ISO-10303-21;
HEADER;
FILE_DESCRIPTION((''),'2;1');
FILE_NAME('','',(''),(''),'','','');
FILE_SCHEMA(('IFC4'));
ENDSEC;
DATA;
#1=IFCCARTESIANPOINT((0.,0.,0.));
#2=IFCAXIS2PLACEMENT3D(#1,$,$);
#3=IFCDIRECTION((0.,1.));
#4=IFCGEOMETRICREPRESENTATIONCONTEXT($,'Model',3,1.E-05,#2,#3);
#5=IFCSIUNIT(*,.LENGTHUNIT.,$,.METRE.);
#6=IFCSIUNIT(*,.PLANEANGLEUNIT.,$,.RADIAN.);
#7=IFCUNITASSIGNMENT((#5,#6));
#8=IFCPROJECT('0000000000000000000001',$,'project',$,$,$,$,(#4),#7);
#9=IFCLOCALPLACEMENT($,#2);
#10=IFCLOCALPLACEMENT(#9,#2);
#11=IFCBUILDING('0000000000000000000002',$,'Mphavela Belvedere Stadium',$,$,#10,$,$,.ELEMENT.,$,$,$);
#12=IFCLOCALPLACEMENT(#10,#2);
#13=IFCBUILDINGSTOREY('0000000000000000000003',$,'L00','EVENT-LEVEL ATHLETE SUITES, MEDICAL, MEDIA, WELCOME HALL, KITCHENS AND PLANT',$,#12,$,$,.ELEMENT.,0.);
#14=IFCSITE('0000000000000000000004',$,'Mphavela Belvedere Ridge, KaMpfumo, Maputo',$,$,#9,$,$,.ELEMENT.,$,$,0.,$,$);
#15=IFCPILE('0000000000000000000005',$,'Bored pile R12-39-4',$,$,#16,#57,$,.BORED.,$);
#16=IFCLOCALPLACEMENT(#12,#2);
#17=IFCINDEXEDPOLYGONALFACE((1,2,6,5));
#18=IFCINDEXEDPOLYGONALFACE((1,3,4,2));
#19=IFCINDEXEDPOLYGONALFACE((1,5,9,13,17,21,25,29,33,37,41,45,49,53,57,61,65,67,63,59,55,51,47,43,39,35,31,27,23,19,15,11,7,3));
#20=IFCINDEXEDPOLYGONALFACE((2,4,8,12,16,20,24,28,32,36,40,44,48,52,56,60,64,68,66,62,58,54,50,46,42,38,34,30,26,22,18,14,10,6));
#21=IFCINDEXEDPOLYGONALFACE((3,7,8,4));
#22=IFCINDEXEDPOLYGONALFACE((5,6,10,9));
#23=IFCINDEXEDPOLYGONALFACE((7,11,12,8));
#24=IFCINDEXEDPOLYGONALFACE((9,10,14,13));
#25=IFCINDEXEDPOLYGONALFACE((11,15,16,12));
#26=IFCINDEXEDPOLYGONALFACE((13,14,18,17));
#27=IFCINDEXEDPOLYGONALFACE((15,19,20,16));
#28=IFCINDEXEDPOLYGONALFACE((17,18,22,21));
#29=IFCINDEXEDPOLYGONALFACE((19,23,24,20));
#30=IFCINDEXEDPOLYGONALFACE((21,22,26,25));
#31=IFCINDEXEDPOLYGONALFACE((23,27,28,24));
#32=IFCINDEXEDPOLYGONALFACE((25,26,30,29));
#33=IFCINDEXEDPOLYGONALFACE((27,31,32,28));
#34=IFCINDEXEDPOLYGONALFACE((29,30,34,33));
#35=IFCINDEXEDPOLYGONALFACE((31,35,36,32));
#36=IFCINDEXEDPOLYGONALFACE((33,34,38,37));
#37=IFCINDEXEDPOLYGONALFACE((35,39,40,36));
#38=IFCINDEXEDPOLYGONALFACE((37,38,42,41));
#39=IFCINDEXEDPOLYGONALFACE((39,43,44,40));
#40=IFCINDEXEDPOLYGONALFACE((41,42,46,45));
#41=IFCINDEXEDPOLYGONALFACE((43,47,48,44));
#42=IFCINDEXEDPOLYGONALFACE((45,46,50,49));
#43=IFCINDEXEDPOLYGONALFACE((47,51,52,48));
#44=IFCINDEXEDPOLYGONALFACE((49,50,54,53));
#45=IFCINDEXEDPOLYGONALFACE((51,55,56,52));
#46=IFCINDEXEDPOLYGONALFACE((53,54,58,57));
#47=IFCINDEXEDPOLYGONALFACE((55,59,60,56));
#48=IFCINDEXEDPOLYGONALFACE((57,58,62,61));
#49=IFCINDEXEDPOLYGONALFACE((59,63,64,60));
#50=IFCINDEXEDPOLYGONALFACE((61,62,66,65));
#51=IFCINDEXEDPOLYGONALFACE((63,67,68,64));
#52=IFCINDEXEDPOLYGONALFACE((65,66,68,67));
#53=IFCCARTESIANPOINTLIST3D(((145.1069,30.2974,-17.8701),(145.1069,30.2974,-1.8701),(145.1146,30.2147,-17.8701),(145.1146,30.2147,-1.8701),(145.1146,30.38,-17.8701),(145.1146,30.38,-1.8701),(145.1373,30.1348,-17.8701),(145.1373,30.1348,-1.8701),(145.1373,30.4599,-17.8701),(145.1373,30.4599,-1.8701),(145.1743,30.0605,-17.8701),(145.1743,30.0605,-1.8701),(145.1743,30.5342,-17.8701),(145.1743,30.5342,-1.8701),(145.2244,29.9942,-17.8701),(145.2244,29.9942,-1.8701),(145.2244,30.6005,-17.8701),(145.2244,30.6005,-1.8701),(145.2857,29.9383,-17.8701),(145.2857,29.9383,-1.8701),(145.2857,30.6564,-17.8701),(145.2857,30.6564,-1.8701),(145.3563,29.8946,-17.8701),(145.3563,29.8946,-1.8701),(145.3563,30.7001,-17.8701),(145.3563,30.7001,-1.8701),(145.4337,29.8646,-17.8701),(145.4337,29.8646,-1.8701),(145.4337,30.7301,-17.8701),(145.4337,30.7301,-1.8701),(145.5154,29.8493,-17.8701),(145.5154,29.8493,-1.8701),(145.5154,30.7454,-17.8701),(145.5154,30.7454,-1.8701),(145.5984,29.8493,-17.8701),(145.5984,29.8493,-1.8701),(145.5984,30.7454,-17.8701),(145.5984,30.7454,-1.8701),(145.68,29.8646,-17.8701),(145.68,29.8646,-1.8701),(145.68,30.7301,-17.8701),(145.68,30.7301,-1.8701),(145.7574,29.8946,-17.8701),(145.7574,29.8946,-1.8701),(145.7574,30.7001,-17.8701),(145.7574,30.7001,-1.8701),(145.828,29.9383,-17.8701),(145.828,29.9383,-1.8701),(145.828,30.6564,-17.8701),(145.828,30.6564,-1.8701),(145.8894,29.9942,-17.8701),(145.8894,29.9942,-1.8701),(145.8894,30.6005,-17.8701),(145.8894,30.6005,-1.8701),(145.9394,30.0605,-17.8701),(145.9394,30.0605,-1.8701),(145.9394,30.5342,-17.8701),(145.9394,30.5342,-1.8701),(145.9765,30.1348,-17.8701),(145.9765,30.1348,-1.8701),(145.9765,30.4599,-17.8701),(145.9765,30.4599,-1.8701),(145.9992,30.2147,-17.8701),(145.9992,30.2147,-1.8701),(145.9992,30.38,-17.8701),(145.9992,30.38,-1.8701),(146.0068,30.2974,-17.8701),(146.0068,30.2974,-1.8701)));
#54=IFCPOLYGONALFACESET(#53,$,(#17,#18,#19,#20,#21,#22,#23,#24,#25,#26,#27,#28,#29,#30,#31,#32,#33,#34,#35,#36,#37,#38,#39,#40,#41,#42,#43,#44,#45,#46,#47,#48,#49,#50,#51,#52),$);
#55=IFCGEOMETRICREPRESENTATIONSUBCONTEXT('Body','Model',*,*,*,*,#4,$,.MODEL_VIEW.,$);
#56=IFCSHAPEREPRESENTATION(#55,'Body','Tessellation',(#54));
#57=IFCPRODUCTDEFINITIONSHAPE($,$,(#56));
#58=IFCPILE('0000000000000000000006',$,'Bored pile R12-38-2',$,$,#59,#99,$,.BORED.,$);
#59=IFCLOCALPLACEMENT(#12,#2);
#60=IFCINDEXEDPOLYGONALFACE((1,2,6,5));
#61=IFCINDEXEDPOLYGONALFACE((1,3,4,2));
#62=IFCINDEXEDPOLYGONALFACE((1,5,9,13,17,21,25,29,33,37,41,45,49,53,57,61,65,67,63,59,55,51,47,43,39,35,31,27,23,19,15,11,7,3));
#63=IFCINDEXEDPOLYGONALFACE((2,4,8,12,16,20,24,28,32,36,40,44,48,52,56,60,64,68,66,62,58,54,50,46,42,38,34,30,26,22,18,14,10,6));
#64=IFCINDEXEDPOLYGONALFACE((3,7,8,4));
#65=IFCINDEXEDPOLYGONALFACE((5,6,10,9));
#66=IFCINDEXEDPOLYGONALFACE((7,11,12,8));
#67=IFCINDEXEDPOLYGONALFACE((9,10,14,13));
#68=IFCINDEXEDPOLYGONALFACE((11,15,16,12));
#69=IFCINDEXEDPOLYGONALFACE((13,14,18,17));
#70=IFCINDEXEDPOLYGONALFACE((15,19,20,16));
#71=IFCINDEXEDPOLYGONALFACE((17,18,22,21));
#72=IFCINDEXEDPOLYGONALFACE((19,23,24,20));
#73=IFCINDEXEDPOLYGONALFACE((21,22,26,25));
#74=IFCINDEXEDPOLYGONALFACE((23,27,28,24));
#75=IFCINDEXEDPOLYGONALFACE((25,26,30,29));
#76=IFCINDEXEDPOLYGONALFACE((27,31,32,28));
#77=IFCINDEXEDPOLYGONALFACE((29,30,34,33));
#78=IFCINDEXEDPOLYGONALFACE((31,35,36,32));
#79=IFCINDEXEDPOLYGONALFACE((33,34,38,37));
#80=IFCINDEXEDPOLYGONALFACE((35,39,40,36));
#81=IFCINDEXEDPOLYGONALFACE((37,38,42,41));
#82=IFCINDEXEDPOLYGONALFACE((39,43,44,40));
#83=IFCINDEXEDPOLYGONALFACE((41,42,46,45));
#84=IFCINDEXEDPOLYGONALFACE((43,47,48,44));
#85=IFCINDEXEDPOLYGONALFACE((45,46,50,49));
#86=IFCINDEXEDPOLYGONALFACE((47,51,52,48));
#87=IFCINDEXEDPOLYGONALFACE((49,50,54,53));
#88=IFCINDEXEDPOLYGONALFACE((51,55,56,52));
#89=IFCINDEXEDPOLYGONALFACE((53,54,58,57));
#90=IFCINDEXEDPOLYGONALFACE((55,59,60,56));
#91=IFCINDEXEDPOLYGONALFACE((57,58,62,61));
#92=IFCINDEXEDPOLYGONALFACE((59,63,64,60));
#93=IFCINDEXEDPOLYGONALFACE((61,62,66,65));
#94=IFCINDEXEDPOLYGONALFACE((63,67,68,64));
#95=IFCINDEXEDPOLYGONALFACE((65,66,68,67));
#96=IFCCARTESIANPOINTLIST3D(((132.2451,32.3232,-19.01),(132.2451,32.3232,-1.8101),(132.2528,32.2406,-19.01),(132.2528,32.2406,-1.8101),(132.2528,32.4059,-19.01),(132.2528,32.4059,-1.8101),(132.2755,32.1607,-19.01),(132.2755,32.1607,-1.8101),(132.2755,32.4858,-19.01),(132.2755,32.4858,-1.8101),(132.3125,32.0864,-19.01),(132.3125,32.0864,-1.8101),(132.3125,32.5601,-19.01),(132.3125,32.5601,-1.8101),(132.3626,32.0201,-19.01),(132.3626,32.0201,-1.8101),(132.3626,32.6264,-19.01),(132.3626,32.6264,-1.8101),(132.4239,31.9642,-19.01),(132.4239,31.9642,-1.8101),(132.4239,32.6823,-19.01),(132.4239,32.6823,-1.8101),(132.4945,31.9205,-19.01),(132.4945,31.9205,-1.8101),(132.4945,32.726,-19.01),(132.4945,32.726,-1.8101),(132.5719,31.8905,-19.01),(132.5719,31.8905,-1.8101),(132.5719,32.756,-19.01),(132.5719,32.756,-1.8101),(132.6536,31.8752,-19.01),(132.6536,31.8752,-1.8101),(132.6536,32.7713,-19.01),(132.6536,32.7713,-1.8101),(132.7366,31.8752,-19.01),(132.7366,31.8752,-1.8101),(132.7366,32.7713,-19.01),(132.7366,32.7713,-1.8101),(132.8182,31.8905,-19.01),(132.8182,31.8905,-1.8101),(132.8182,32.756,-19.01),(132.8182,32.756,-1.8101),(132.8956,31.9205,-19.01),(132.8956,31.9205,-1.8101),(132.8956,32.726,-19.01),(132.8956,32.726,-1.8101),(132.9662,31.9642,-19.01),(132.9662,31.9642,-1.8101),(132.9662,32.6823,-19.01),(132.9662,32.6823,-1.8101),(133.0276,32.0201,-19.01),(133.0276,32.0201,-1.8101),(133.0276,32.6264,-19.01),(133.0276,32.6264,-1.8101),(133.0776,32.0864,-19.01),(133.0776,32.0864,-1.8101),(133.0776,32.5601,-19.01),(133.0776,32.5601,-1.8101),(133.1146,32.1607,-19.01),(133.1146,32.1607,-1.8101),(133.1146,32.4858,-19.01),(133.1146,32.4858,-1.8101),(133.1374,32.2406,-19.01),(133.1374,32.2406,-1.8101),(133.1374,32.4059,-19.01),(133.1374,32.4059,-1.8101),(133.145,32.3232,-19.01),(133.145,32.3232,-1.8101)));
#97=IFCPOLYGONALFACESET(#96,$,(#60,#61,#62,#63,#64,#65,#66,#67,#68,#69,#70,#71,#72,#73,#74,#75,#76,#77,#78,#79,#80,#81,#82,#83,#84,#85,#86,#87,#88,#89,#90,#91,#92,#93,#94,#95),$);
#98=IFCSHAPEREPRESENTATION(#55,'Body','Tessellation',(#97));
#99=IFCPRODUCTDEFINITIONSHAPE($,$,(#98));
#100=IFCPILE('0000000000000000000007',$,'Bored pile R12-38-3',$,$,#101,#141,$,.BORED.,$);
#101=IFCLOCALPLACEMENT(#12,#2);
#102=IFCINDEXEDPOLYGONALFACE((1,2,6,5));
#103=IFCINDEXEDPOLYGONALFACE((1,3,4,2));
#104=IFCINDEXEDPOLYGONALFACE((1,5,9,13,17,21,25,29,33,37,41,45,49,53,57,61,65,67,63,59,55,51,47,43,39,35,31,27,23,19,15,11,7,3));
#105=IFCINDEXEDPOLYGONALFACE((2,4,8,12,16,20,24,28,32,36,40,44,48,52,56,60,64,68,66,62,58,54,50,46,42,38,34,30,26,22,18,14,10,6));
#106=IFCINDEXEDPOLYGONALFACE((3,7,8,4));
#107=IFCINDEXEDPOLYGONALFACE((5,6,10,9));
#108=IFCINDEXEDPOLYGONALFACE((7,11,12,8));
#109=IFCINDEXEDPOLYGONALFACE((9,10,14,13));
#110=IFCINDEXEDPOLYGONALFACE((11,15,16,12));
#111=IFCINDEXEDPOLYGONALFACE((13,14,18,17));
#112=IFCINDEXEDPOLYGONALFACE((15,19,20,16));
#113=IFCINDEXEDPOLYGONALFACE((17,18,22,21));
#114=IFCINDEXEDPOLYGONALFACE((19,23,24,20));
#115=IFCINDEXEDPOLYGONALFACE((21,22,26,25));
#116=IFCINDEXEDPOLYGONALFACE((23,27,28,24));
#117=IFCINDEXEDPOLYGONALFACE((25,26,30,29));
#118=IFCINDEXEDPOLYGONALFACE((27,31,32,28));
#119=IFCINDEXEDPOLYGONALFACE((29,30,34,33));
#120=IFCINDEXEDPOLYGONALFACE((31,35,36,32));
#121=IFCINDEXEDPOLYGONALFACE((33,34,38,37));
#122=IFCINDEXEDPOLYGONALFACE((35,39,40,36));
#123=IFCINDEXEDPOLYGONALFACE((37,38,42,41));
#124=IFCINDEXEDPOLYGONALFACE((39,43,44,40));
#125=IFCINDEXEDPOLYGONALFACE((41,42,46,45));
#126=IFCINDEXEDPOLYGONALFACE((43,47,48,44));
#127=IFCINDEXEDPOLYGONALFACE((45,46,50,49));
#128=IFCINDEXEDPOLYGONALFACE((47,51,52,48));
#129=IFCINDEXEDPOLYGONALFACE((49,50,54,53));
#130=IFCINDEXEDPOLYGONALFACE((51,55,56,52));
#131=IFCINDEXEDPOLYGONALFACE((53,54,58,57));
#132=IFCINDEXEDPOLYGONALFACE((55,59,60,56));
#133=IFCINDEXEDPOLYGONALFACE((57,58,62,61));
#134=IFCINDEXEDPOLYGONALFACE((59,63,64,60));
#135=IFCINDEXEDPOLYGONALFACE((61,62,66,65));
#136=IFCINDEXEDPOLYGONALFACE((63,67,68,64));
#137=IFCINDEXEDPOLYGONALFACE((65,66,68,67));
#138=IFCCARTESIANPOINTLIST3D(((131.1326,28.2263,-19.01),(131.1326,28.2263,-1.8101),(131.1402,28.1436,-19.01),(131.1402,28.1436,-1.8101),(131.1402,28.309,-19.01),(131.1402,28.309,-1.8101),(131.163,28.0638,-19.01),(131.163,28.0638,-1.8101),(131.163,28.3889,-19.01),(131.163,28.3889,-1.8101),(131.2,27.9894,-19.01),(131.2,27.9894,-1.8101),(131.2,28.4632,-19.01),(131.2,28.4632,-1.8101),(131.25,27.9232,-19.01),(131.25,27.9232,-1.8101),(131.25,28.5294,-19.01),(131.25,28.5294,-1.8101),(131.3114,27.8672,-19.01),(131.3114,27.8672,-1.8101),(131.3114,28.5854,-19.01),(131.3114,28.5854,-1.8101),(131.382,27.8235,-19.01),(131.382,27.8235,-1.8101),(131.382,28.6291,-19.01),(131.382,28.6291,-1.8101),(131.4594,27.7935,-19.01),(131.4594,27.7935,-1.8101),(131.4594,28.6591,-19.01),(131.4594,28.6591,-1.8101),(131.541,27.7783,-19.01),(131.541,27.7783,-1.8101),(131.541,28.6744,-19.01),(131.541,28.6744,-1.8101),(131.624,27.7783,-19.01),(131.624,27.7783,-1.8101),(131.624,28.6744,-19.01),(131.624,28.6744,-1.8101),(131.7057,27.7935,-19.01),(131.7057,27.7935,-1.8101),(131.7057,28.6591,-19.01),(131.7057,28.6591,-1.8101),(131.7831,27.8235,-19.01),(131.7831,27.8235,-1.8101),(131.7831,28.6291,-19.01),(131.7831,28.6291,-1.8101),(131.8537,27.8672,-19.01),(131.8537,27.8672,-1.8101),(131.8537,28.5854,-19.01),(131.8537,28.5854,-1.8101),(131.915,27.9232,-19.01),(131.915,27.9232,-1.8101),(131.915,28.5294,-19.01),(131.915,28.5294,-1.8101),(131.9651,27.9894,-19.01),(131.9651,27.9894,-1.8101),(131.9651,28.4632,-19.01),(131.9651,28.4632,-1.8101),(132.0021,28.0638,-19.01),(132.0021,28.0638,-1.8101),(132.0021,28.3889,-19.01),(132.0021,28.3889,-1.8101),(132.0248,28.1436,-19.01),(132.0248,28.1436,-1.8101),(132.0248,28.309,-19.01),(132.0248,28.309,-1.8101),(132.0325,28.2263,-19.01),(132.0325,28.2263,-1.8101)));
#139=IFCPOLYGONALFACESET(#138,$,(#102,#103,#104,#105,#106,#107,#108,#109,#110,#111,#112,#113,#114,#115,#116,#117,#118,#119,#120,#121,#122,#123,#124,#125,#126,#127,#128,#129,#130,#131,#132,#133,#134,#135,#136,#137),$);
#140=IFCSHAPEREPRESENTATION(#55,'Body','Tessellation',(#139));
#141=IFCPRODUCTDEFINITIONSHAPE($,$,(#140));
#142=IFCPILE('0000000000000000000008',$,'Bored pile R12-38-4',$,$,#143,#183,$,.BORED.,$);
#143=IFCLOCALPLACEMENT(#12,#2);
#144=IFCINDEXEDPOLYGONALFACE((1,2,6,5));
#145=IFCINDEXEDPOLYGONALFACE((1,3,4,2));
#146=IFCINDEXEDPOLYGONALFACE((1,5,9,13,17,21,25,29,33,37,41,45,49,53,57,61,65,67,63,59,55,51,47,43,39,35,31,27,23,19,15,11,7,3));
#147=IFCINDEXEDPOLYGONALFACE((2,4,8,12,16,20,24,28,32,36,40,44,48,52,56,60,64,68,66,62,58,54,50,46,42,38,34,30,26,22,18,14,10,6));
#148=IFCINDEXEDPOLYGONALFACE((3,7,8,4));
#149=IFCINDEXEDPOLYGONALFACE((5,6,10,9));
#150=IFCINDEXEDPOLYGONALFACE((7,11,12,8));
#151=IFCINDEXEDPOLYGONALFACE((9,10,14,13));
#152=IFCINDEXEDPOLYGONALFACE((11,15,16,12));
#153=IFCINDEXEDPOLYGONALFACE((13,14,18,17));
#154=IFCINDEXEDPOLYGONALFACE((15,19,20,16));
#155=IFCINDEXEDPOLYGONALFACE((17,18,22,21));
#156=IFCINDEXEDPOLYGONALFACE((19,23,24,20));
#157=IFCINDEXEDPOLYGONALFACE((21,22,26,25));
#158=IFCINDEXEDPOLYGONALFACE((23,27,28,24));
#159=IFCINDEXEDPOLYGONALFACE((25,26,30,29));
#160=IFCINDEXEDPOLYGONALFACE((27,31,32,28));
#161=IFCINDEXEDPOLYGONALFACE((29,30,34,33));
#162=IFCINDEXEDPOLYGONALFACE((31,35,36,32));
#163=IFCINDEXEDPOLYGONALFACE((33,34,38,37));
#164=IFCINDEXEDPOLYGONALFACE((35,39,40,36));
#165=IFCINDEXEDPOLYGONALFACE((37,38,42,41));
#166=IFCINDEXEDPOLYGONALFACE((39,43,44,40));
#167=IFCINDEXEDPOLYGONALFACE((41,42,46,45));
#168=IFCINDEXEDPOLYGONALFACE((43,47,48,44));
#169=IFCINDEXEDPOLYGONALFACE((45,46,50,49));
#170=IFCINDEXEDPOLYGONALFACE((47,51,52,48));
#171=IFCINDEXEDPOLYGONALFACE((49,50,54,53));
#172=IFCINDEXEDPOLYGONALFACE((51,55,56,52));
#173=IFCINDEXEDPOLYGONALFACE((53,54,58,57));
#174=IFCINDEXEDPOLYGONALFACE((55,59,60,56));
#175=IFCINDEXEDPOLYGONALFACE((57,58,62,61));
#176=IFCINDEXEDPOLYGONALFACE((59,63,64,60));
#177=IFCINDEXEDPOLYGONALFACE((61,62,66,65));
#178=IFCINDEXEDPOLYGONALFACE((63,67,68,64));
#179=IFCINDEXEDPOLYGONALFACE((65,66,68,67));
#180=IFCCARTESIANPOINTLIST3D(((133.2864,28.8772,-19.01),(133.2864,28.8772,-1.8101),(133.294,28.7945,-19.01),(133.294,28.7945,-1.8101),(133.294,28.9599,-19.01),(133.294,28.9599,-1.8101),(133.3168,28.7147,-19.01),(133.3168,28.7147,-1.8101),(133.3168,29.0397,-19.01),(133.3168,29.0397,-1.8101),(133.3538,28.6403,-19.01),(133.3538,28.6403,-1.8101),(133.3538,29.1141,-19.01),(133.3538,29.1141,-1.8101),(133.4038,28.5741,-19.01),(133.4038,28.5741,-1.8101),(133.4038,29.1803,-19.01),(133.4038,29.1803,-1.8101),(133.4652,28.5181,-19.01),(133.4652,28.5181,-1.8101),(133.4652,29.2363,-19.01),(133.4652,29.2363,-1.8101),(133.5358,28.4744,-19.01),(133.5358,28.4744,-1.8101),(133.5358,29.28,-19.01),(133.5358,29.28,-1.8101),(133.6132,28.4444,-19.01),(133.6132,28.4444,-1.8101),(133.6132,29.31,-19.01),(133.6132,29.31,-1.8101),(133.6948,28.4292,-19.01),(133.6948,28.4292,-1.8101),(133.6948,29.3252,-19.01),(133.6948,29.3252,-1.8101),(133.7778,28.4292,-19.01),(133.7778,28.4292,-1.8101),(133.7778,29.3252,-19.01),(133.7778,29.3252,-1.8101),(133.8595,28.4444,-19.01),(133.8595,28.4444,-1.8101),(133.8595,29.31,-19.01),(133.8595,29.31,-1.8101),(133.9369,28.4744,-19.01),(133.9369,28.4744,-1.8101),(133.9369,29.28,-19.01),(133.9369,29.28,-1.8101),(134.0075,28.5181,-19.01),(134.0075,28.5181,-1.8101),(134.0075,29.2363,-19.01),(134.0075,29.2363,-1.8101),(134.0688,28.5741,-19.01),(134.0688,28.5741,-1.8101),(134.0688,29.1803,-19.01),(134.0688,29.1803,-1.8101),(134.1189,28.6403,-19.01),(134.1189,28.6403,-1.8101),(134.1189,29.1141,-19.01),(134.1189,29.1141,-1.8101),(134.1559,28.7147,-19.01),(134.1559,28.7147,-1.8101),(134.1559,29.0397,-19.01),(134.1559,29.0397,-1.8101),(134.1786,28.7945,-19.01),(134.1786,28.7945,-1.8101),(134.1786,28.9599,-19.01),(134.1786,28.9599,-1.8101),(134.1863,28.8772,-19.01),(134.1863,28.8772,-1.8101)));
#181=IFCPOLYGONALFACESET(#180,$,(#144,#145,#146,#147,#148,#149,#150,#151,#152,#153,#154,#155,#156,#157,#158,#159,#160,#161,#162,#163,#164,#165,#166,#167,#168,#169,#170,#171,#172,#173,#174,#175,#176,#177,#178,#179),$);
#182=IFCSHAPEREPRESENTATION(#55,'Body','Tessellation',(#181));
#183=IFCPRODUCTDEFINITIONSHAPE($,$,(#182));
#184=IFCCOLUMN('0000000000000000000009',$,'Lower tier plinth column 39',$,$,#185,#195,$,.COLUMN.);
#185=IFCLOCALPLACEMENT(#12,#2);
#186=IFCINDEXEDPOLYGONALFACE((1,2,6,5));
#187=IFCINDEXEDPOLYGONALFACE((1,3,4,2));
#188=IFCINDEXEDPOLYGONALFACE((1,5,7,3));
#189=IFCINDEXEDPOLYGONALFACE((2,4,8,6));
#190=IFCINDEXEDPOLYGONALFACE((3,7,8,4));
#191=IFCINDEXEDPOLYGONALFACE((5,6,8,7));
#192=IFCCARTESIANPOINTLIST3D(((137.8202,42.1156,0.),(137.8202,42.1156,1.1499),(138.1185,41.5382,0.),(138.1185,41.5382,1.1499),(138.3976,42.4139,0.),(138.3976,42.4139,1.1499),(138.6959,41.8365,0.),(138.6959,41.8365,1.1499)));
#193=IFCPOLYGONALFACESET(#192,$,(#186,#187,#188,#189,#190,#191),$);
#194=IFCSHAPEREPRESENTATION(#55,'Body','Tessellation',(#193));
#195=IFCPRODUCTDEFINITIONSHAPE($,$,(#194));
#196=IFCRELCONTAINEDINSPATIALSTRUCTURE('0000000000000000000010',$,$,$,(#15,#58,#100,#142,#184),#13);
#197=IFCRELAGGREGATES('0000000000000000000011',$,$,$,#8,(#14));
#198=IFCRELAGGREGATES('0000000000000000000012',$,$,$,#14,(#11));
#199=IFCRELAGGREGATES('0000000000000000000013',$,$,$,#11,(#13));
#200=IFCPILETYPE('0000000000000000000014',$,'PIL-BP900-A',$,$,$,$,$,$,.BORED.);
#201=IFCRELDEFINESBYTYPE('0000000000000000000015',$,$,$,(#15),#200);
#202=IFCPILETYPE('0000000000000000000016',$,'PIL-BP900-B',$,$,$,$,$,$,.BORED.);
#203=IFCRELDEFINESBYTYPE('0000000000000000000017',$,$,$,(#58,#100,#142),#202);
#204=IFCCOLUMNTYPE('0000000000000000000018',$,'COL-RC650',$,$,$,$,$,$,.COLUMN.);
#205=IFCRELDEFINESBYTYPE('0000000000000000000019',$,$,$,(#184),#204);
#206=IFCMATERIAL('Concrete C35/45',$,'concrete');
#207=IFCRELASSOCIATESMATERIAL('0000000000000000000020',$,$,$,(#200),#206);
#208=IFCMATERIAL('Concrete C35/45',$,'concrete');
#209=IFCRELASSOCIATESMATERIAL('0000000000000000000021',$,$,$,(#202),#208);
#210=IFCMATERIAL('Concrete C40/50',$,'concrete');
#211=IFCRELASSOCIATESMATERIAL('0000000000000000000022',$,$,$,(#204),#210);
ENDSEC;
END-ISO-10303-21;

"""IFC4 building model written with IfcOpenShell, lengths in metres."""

from ifc_helpers import new_model, si_unit, direction, frame, origin, origin_2d, place, context, subcontext, project, spatial, rectangle, circle, extrude, material, material_profile, profile_set, type_object, element, save


model = new_model("IFC4")

# Units and contexts
model_context = context("Model", 3, precision=1e-05, world=origin(), true_north=direction((0.0, 1.0)))
body_context = subcontext(model_context, "Body", "Model", "MODEL_VIEW")
ifc_project = project(units=[si_unit("LENGTHUNIT", "METRE"), si_unit("PLANEANGLEUNIT", "RADIAN")], contexts=[model_context])

# Site, building, storey
site_placement = place(None, origin())
site = spatial("IfcSite", under=ifc_project, at=site_placement, Name="Mphavela Belvedere Ridge, KaMpfumo, Maputo", CompositionType="ELEMENT", RefElevation=0.0)
building_placement = place(site_placement, origin())
building = spatial("IfcBuilding", under=site, at=building_placement, Name="Mphavela Belvedere Stadium", CompositionType="ELEMENT")
storey_placement = place(building_placement, origin())
storey = spatial("IfcBuildingStorey", under=building, at=storey_placement, Name="L00", Description="EVENT-LEVEL ATHLETE SUITES, MEDICAL, MEDIA, WELCOME HALL, KITCHENS AND PLANT", CompositionType="ELEMENT", Elevation=0.0)

# Piles
ifc_material_1 = material(Name="Concrete C35/45", Category="concrete")
ifc_material_profile_1 = material_profile(ifc_material_1, circle(Radius=0.45, at=origin_2d()), Name="BP D900")
ifc_profile_set_1 = profile_set([ifc_material_profile_1], Name="Concrete C35/45")
pile_type_1 = type_object("IfcPileType", Name="PIL-BP900-A", PredefinedType="BORED", material=ifc_profile_set_1)
for number, where, z_axis, x_axis, name in (
    (1, (145.5569, 30.2974, -1.8701), (0.0, 0.0, -1.0), (1.0, 0.0, 0.0), "Bored pile R12-39-4"),
):
    element("IfcPile", number, at=place(storey_placement, frame(where, z_axis=z_axis, x_axis=x_axis)), inside=storey, type_object=pile_type_1, Name=name, PredefinedType="BORED", context=body_context, shape_type="SweptSolid", body=[
        extrude(circle(Radius=0.45, at=origin_2d()), origin(), (0.0, 0.0, 1.0), 16.0),
    ])
ifc_material_2 = material(Name="Concrete C35/45", Category="concrete")
ifc_material_profile_2 = material_profile(ifc_material_2, circle(Radius=0.45, at=origin_2d()), Name="BP D900")
ifc_profile_set_2 = profile_set([ifc_material_profile_2], Name="Concrete C35/45")
pile_type_2 = type_object("IfcPileType", Name="PIL-BP900-B", PredefinedType="BORED", material=ifc_profile_set_2)
for number, where, z_axis, x_axis, name in (
    (2, (132.6951, 32.3232, -1.8101), (0.0, 0.0, -1.0), (1.0, 0.0, 0.0), "Bored pile R12-38-2"),
    (3, (131.5825, 28.2263, -1.8101), (0.0, 0.0, -1.0), (1.0, 0.0, 0.0), "Bored pile R12-38-3"),
    (4, (133.7363, 28.8772, -1.8101), (0.0, 0.0, -1.0), (1.0, 0.0, 0.0), "Bored pile R12-38-4"),
):
    element("IfcPile", number, at=place(storey_placement, frame(where, z_axis=z_axis, x_axis=x_axis)), inside=storey, type_object=pile_type_2, Name=name, PredefinedType="BORED", context=body_context, shape_type="SweptSolid", body=[
        extrude(circle(Radius=0.45, at=origin_2d()), origin(), (0.0, 0.0, 1.0), 17.2),
    ])

# Column
ifc_material_3 = material(Name="Concrete C40/50", Category="concrete")
ifc_material_profile_3 = material_profile(ifc_material_3, rectangle(XDim=0.6499, YDim=0.6499, at=origin_2d()), Name="RC 650x650")
ifc_profile_set_3 = profile_set([ifc_material_profile_3], Name="Concrete C40/50")
column_type_1 = type_object("IfcColumnType", Name="COL-RC650", PredefinedType="COLUMN", material=ifc_profile_set_3)
column_placement = place(storey_placement, frame((138.2581, 41.9761, 0.0), z_axis=(0.0, 0.0, 1.0), x_axis=(0.45896, -0.888457, 0.0)))
element("IfcColumn", 5, at=column_placement, inside=storey, type_object=column_type_1, Name="Lower tier plinth column 39", PredefinedType="COLUMN", context=body_context, shape_type="SweptSolid", body=[
    extrude(rectangle(XDim=0.6499, YDim=0.6499, at=origin_2d()), origin(), (0.0, 0.0, 1.0), 1.1499),
])

save(model, "model.ifc")
